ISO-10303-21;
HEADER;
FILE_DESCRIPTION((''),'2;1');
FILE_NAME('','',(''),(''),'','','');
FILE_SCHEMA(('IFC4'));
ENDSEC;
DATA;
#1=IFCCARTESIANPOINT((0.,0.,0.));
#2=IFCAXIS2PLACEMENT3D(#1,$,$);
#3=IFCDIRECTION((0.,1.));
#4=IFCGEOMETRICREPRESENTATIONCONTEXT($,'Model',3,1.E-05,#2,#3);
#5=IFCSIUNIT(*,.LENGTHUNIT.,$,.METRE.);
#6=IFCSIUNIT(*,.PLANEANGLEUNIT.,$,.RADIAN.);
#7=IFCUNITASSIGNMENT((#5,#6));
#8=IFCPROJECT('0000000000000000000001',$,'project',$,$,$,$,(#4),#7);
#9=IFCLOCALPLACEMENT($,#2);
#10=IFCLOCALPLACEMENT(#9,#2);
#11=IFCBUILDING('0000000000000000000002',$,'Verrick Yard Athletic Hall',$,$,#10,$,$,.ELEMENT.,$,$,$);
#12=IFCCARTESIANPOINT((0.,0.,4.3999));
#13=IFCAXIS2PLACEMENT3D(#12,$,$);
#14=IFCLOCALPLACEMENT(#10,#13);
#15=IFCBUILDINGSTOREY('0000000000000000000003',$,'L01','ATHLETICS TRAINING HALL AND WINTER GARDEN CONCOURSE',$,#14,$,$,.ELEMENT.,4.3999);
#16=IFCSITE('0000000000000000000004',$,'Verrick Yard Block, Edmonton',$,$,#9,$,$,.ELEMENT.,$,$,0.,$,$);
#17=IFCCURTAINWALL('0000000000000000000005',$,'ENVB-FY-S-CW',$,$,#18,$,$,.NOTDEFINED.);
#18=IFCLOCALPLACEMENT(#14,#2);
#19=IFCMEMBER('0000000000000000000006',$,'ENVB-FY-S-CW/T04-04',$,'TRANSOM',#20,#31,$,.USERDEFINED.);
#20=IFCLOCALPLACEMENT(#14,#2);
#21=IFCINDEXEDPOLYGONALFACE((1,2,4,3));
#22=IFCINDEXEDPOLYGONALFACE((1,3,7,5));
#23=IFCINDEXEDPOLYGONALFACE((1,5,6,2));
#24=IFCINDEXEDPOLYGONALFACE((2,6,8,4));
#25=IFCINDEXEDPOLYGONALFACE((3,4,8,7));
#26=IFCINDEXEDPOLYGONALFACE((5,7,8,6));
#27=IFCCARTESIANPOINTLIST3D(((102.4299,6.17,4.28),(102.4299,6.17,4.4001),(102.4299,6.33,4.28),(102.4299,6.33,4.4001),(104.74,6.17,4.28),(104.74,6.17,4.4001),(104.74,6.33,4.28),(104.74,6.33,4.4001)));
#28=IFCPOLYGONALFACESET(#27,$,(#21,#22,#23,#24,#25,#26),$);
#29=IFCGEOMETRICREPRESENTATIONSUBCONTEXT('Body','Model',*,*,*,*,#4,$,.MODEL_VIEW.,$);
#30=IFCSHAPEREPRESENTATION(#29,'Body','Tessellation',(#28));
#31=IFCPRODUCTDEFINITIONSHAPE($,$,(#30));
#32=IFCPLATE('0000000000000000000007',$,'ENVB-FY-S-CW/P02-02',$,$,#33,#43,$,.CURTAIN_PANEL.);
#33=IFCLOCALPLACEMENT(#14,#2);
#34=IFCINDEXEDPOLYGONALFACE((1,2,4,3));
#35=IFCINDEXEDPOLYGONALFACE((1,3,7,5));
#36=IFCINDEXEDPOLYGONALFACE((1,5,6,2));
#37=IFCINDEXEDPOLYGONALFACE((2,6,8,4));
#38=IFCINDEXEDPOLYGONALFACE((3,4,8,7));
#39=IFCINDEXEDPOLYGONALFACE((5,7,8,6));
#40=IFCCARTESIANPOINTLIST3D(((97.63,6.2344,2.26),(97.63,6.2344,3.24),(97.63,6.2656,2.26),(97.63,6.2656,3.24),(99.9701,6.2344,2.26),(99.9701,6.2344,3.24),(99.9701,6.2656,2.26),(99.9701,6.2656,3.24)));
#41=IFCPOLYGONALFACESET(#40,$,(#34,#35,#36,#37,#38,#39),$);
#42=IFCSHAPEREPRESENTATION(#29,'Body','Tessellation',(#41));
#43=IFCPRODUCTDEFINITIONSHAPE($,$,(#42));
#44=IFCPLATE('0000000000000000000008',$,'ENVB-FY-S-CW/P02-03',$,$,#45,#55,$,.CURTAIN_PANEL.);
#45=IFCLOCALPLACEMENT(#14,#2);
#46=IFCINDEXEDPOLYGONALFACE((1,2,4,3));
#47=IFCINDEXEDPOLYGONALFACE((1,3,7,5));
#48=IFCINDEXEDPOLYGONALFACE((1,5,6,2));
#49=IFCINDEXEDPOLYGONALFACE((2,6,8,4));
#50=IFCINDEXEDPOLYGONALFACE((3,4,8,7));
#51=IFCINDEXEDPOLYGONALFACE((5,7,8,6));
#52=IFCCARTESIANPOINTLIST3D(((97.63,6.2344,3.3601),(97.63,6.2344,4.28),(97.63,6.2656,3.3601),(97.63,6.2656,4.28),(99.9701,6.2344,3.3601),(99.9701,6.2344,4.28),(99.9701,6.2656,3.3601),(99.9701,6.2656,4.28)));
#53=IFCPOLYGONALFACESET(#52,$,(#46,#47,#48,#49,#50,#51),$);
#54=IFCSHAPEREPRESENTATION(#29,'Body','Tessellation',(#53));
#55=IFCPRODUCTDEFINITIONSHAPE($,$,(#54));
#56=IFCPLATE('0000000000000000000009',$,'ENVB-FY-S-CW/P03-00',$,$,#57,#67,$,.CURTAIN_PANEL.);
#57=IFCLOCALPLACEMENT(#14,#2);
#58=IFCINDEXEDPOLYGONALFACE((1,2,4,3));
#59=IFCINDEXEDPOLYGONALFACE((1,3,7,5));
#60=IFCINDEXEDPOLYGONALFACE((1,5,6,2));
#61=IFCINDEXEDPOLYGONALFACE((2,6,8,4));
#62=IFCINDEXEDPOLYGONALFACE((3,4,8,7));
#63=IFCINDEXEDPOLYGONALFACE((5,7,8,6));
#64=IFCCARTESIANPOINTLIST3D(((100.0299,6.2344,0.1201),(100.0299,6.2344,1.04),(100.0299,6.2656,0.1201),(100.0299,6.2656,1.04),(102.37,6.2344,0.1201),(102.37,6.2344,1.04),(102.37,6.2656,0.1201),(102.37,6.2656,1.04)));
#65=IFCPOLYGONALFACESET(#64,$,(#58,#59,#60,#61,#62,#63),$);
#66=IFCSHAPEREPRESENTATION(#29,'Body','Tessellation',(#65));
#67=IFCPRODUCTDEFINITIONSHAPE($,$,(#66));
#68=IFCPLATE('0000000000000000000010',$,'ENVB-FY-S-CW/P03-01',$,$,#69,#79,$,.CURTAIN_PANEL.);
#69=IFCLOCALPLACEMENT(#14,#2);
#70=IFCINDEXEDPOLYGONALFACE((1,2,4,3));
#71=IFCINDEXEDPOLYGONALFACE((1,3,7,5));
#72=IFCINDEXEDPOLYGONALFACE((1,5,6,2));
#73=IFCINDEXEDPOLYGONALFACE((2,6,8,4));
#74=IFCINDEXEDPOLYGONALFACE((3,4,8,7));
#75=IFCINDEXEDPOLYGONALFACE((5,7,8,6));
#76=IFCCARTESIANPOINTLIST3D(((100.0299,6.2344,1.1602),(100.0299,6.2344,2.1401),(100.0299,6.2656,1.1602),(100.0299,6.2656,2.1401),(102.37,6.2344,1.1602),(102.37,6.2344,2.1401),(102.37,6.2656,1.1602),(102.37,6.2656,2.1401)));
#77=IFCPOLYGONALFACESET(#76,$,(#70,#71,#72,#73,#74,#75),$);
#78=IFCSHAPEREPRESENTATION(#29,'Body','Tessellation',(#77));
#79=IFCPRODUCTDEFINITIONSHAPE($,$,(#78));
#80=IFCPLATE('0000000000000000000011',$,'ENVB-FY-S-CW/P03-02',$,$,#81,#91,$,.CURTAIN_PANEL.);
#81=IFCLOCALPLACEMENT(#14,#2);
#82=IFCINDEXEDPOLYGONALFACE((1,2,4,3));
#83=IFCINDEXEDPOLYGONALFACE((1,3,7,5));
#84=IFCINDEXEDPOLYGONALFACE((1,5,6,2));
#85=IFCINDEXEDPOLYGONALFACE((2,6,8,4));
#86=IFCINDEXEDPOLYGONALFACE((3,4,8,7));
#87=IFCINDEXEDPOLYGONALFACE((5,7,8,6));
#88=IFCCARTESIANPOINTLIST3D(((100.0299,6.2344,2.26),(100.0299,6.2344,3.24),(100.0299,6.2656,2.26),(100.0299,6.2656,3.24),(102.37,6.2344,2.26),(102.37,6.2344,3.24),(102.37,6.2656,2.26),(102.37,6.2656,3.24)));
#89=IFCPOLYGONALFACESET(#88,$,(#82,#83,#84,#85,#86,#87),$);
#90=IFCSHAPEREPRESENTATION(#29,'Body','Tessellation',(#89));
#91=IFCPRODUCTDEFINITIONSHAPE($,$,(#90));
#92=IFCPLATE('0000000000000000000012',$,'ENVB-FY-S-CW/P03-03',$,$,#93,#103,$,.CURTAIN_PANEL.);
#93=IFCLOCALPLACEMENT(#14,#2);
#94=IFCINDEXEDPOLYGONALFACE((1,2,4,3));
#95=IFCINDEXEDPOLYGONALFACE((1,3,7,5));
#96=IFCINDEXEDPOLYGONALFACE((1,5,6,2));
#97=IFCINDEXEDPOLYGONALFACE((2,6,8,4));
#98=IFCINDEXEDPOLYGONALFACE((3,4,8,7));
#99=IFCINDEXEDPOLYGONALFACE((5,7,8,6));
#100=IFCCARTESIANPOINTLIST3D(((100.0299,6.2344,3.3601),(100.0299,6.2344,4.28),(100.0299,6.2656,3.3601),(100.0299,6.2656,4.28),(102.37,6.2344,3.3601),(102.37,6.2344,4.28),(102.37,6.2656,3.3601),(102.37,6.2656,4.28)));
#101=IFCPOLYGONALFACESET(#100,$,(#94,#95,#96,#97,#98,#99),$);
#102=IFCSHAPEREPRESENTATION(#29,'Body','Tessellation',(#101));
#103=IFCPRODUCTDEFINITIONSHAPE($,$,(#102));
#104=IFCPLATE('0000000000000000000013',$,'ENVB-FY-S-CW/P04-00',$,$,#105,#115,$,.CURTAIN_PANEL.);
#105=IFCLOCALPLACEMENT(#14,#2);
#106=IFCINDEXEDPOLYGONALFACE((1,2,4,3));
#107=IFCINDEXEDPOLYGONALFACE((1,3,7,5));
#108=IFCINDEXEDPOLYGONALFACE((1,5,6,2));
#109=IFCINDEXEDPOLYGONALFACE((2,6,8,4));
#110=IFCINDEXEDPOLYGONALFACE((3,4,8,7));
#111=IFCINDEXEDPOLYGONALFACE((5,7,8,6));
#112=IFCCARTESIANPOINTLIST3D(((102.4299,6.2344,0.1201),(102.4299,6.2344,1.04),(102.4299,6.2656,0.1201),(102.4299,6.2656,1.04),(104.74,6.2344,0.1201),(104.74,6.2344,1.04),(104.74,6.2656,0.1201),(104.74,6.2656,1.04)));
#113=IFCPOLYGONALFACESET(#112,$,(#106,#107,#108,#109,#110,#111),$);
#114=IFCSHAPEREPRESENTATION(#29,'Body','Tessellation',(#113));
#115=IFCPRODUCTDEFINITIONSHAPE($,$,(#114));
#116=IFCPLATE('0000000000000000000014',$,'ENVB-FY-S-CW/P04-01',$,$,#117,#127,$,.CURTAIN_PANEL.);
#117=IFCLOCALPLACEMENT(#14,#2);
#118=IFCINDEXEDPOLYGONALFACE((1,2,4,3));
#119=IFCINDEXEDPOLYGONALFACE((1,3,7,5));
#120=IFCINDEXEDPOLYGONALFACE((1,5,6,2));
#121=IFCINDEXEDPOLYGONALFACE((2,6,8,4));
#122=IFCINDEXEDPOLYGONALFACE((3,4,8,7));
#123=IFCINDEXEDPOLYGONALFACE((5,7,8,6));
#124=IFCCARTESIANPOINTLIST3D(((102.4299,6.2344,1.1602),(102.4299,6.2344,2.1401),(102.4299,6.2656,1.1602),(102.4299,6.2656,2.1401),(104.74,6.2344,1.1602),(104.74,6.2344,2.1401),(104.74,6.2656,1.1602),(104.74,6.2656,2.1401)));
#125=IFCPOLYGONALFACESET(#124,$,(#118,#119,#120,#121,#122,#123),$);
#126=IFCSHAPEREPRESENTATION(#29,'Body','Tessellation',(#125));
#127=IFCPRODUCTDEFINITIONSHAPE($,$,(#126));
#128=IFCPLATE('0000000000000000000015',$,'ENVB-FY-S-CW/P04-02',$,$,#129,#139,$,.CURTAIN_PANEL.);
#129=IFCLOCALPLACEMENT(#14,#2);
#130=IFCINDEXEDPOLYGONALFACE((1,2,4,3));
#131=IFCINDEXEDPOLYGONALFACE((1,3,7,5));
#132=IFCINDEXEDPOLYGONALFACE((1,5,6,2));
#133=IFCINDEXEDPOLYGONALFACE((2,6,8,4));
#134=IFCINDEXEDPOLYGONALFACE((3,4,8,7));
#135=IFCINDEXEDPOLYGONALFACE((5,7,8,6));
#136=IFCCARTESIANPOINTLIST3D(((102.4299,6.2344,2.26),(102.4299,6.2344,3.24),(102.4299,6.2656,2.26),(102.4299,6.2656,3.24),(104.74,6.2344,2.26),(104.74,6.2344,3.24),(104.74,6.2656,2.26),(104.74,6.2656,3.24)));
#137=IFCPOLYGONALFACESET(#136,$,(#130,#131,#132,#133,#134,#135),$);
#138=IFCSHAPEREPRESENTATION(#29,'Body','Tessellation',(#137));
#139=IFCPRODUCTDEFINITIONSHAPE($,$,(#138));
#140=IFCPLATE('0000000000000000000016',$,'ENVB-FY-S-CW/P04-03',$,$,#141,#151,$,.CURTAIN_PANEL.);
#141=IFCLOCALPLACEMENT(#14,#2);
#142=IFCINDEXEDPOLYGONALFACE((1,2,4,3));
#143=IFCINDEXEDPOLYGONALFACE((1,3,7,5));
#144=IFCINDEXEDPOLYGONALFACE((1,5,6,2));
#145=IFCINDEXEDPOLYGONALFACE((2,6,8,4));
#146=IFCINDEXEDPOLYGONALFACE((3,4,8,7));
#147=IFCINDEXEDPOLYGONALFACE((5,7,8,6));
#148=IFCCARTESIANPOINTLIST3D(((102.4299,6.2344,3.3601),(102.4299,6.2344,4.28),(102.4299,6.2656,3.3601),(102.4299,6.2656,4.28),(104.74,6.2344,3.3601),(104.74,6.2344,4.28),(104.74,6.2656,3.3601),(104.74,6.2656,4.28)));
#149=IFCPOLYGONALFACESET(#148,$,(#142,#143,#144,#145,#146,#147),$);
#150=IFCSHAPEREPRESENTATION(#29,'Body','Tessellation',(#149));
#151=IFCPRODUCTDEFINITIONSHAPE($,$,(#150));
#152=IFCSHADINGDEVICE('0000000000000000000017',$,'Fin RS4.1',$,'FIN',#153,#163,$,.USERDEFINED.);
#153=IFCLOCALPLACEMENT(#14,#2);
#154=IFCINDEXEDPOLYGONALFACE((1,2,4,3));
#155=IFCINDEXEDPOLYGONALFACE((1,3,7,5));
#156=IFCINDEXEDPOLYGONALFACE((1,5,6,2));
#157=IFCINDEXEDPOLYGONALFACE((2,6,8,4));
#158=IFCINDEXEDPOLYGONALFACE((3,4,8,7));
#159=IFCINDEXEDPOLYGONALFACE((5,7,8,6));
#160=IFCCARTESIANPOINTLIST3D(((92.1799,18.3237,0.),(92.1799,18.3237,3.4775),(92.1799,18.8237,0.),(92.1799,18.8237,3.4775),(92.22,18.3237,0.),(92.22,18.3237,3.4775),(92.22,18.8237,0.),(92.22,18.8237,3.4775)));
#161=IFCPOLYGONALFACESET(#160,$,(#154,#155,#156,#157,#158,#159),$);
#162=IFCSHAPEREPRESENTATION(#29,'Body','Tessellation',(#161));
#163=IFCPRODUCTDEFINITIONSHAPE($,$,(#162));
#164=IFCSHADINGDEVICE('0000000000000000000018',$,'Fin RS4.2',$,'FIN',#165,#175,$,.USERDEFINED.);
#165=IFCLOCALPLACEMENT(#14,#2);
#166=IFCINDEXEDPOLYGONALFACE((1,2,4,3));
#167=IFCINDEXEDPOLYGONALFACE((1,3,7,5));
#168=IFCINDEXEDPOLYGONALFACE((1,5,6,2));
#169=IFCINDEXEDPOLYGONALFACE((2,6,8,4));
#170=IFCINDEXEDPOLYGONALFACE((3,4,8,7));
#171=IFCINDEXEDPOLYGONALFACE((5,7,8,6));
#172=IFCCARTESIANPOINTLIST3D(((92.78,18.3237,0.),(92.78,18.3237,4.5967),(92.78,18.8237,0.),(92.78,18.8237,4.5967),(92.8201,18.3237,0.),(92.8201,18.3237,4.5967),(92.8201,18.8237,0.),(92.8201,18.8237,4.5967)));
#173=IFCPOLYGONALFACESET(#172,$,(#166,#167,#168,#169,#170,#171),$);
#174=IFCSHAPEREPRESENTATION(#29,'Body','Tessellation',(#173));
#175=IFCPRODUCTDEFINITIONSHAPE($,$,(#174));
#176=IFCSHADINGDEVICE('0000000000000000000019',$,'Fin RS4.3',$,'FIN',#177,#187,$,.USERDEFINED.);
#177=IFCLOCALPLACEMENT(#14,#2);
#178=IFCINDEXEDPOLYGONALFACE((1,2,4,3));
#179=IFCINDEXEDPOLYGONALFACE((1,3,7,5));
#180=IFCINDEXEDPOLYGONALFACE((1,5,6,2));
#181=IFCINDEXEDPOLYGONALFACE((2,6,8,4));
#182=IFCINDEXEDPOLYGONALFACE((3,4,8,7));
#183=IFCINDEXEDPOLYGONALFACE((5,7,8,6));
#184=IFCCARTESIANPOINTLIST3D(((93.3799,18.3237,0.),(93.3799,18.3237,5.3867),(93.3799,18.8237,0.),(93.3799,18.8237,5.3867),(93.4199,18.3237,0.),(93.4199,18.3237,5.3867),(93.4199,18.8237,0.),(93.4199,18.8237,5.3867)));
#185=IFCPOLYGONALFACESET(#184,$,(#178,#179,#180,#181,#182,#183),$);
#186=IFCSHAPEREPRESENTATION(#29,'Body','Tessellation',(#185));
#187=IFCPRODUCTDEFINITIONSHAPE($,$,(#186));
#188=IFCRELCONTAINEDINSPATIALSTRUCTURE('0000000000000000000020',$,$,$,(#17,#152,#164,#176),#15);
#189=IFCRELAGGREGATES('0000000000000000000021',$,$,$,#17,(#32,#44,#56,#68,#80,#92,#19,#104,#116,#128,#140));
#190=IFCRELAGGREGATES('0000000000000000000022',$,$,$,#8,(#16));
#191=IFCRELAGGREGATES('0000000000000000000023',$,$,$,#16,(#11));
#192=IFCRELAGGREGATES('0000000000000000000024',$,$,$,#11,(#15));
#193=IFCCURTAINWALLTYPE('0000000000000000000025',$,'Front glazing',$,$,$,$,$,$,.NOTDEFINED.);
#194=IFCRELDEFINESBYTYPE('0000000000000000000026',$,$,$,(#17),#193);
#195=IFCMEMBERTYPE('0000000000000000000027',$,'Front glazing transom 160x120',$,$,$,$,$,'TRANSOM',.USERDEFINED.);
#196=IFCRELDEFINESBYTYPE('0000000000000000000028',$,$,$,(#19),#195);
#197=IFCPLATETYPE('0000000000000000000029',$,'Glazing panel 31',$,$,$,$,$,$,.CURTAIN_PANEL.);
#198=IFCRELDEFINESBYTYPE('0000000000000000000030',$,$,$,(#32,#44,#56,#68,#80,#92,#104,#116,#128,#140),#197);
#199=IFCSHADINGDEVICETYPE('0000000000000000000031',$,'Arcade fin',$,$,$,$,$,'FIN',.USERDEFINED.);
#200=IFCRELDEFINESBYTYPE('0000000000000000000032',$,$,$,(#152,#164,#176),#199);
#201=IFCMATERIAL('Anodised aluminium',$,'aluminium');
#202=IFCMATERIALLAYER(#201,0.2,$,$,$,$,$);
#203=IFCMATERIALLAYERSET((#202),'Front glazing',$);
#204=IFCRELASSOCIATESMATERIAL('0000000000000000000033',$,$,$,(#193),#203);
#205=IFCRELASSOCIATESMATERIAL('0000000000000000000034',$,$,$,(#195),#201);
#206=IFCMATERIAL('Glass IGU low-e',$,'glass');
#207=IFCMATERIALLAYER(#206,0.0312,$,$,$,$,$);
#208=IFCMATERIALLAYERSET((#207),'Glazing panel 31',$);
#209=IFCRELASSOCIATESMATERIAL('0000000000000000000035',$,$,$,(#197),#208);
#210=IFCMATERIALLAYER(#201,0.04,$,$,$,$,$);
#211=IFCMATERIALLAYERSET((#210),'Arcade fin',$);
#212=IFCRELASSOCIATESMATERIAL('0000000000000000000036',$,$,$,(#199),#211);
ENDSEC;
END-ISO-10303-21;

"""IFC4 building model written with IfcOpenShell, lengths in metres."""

from ifc_helpers import new_model, si_unit, direction, frame, origin, origin_2d, place, context, subcontext, project, spatial, polyline, rectangle, outline, extrude, material, layer, layer_set, material_profile, profile_set, type_object, element, aggregate, save


model = new_model("IFC4")

# Units and contexts
model_context = context("Model", 3, precision=1e-05, world=origin(), true_north=direction((0.0, 1.0)))
body_context = subcontext(model_context, "Body", "Model", "MODEL_VIEW")
ifc_project = project(units=[si_unit("LENGTHUNIT", "METRE"), si_unit("PLANEANGLEUNIT", "RADIAN")], contexts=[model_context])

# Site, building, storey
site_placement = place(None, origin())
site = spatial("IfcSite", under=ifc_project, at=site_placement, Name="Verrick Yard Block, Edmonton", CompositionType="ELEMENT", RefElevation=0.0)
building_placement = place(site_placement, origin())
building = spatial("IfcBuilding", under=site, at=building_placement, Name="Verrick Yard Athletic Hall", CompositionType="ELEMENT")
storey_placement = place(building_placement, frame((0.0, 0.0, 4.3999)))
storey = spatial("IfcBuildingStorey", under=building, at=storey_placement, Name="L01", Description="ATHLETICS TRAINING HALL AND WINTER GARDEN CONCOURSE", CompositionType="ELEMENT", Elevation=4.3999)

# Curtain wall, member, plates
ifc_material_1 = material(Name="Anodised aluminium", Category="aluminium")
ifc_layer_1 = layer(ifc_material_1, 0.2)
ifc_layer_set_1 = layer_set([ifc_layer_1], Name="Front glazing")
curtain_wall_type = type_object("IfcCurtainWallType", Name="Front glazing", PredefinedType="NOTDEFINED", material=ifc_layer_set_1)
curtain_wall_placement = place(storey_placement, origin())
curtain_wall = element("IfcCurtainWall", 1, at=curtain_wall_placement, inside=storey, type_object=curtain_wall_type, Name="ENVB-FY-S-CW", PredefinedType="NOTDEFINED")
ifc_material_profile_1 = material_profile(ifc_material_1, rectangle(XDim=0.1599, YDim=0.1201, at=origin_2d()), Name="CW transom 160x120")
ifc_profile_set_1 = profile_set([ifc_material_profile_1], Name="Anodised aluminium")
member_type_1 = type_object("IfcMemberType", Name="Front glazing transom 160x120", ElementType="TRANSOM", PredefinedType="USERDEFINED", material=ifc_profile_set_1)
member_1_placement = place(storey_placement, frame((102.4299, 6.25, 4.3401), z_axis=(1.0, 0.0, 0.0), x_axis=(0.0, 1.0, 0.0)))
member_1 = element("IfcMember", 2, at=member_1_placement, type_object=member_type_1, Name="ENVB-FY-S-CW/T04-04", ObjectType="TRANSOM", PredefinedType="USERDEFINED", context=body_context, shape_type="SweptSolid", body=[
    extrude(rectangle(XDim=0.1599, YDim=0.1201, at=origin_2d()), origin(), (0.0, 0.0, 1.0), 2.3101),
])
ifc_material_2 = material(Name="Glass IGU low-e", Category="glass")
ifc_layer_2 = layer(ifc_material_2, 0.0312)
ifc_layer_set_2 = layer_set([ifc_layer_2], Name="Glazing panel 31")
plate_type = type_object("IfcPlateType", Name="Glazing panel 31", PredefinedType="CURTAIN_PANEL", material=ifc_layer_set_2)
plate_1_placement = place(storey_placement, frame((98.8, 6.25, 2.26), z_axis=(0.0, 0.0, 1.0), x_axis=(1.0, 0.0, 0.0)))
plate_1 = element("IfcPlate", 3, at=plate_1_placement, type_object=plate_type, Name="ENVB-FY-S-CW/P02-02", PredefinedType="CURTAIN_PANEL", context=body_context, shape_type="SweptSolid", body=[
    extrude(rectangle(XDim=2.3401, YDim=0.0312, at=origin_2d()), origin(), (0.0, 0.0, 1.0), 0.98),
])
plate_2_placement = place(storey_placement, frame((98.8, 6.25, 3.3601), z_axis=(0.0, 0.0, 1.0), x_axis=(1.0, 0.0, 0.0)))
plate_2 = element("IfcPlate", 4, at=plate_2_placement, type_object=plate_type, Name="ENVB-FY-S-CW/P02-03", PredefinedType="CURTAIN_PANEL", context=body_context, shape_type="SweptSolid", body=[
    extrude(rectangle(XDim=2.3401, YDim=0.0312, at=origin_2d()), origin(), (0.0, 0.0, 1.0), 0.9199),
])
plate_3_placement = place(storey_placement, frame((101.2, 6.25, 0.1201), z_axis=(0.0, 0.0, 1.0), x_axis=(1.0, 0.0, 0.0)))
plate_3 = element("IfcPlate", 5, at=plate_3_placement, type_object=plate_type, Name="ENVB-FY-S-CW/P03-00", PredefinedType="CURTAIN_PANEL", context=body_context, shape_type="SweptSolid", body=[
    extrude(rectangle(XDim=2.3401, YDim=0.0312, at=origin_2d()), origin(), (0.0, 0.0, 1.0), 0.9199),
])
plate_4_placement = place(storey_placement, frame((101.2, 6.25, 1.1602), z_axis=(0.0, 0.0, 1.0), x_axis=(1.0, 0.0, 0.0)))
plate_4 = element("IfcPlate", 6, at=plate_4_placement, type_object=plate_type, Name="ENVB-FY-S-CW/P03-01", PredefinedType="CURTAIN_PANEL", context=body_context, shape_type="SweptSolid", body=[
    extrude(rectangle(XDim=2.3401, YDim=0.0312, at=origin_2d()), origin(), (0.0, 0.0, 1.0), 0.98),
])
plate_5_placement = place(storey_placement, frame((101.2, 6.25, 2.26), z_axis=(0.0, 0.0, 1.0), x_axis=(1.0, 0.0, 0.0)))
plate_5 = element("IfcPlate", 7, at=plate_5_placement, type_object=plate_type, Name="ENVB-FY-S-CW/P03-02", PredefinedType="CURTAIN_PANEL", context=body_context, shape_type="SweptSolid", body=[
    extrude(rectangle(XDim=2.3401, YDim=0.0312, at=origin_2d()), origin(), (0.0, 0.0, 1.0), 0.98),
])
plate_6_placement = place(storey_placement, frame((101.2, 6.25, 3.3601), z_axis=(0.0, 0.0, 1.0), x_axis=(1.0, 0.0, 0.0)))
plate_6 = element("IfcPlate", 8, at=plate_6_placement, type_object=plate_type, Name="ENVB-FY-S-CW/P03-03", PredefinedType="CURTAIN_PANEL", context=body_context, shape_type="SweptSolid", body=[
    extrude(rectangle(XDim=2.3401, YDim=0.0312, at=origin_2d()), origin(), (0.0, 0.0, 1.0), 0.9199),
])
plate_7_placement = place(storey_placement, frame((103.585, 6.25, 0.1201), z_axis=(0.0, 0.0, 1.0), x_axis=(1.0, 0.0, 0.0)))
plate_7 = element("IfcPlate", 9, at=plate_7_placement, type_object=plate_type, Name="ENVB-FY-S-CW/P04-00", PredefinedType="CURTAIN_PANEL", context=body_context, shape_type="SweptSolid", body=[
    extrude(rectangle(XDim=2.3101, YDim=0.0312, at=origin_2d()), origin(), (0.0, 0.0, 1.0), 0.9199),
])
plate_8_placement = place(storey_placement, frame((103.585, 6.25, 1.1602), z_axis=(0.0, 0.0, 1.0), x_axis=(1.0, 0.0, 0.0)))
plate_8 = element("IfcPlate", 10, at=plate_8_placement, type_object=plate_type, Name="ENVB-FY-S-CW/P04-01", PredefinedType="CURTAIN_PANEL", context=body_context, shape_type="SweptSolid", body=[
    extrude(rectangle(XDim=2.3101, YDim=0.0312, at=origin_2d()), origin(), (0.0, 0.0, 1.0), 0.98),
])
plate_9_placement = place(storey_placement, frame((103.585, 6.25, 2.26), z_axis=(0.0, 0.0, 1.0), x_axis=(1.0, 0.0, 0.0)))
plate_9 = element("IfcPlate", 11, at=plate_9_placement, type_object=plate_type, Name="ENVB-FY-S-CW/P04-02", PredefinedType="CURTAIN_PANEL", context=body_context, shape_type="SweptSolid", body=[
    extrude(rectangle(XDim=2.3101, YDim=0.0312, at=origin_2d()), origin(), (0.0, 0.0, 1.0), 0.98),
])
plate_10_placement = place(storey_placement, frame((103.585, 6.25, 3.3601), z_axis=(0.0, 0.0, 1.0), x_axis=(1.0, 0.0, 0.0)))
plate_10 = element("IfcPlate", 12, at=plate_10_placement, type_object=plate_type, Name="ENVB-FY-S-CW/P04-03", PredefinedType="CURTAIN_PANEL", context=body_context, shape_type="SweptSolid", body=[
    extrude(rectangle(XDim=2.3101, YDim=0.0312, at=origin_2d()), origin(), (0.0, 0.0, 1.0), 0.9199),
])
aggregate(curtain_wall, [plate_1, plate_2, plate_3, plate_4, plate_5, plate_6, member_1, plate_7, plate_8, plate_9, plate_10])

# Shading devices
ifc_layer_3 = layer(ifc_material_1, 0.04)
ifc_layer_set_3 = layer_set([ifc_layer_3], Name="Arcade fin")
shading_device_type = type_object("IfcShadingDeviceType", Name="Arcade fin", ElementType="FIN", PredefinedType="USERDEFINED", material=ifc_layer_set_3)
shading_device_1_placement = place(storey_placement, frame((92.2, 18.8237, 0.0), z_axis=(0.0, 0.0, 1.0), x_axis=(0.0, -1.0, 0.0)))
element("IfcShadingDevice", 13, at=shading_device_1_placement, inside=storey, type_object=shading_device_type, Name="Fin RS4.1", ObjectType="FIN", PredefinedType="USERDEFINED", context=body_context, shape_type="SweptSolid", body=[
    extrude(outline(polyline([(0.0, 0.0), (0.5, 0.0), (0.5, 3.4775), (0.0, 3.4775), (0.0, 0.0)])), frame((0.0, 0.02, 0.0), z_axis=(0.0, -1.0, 0.0), x_axis=(1.0, 0.0, 0.0)), (0.0, 0.0, 1.0), 0.04),
])
shading_device_2_placement = place(storey_placement, frame((92.8, 18.8237, 0.0), z_axis=(0.0, 0.0, 1.0), x_axis=(0.0, -1.0, 0.0)))
element("IfcShadingDevice", 14, at=shading_device_2_placement, inside=storey, type_object=shading_device_type, Name="Fin RS4.2", ObjectType="FIN", PredefinedType="USERDEFINED", context=body_context, shape_type="SweptSolid", body=[
    extrude(outline(polyline([(0.0, 0.0), (0.5, 0.0), (0.5, 4.5967), (0.0, 4.5967), (0.0, 0.0)])), frame((0.0, 0.02, 0.0), z_axis=(0.0, -1.0, 0.0), x_axis=(1.0, 0.0, 0.0)), (0.0, 0.0, 1.0), 0.04),
])
shading_device_3_placement = place(storey_placement, frame((93.3999, 18.8237, 0.0), z_axis=(0.0, 0.0, 1.0), x_axis=(0.0, -1.0, 0.0)))
element("IfcShadingDevice", 15, at=shading_device_3_placement, inside=storey, type_object=shading_device_type, Name="Fin RS4.3", ObjectType="FIN", PredefinedType="USERDEFINED", context=body_context, shape_type="SweptSolid", body=[
    extrude(outline(polyline([(0.0, 0.0), (0.5, 0.0), (0.5, 5.3867), (0.0, 5.3867), (0.0, 0.0)])), frame((0.0, 0.02, 0.0), z_axis=(0.0, -1.0, 0.0), x_axis=(1.0, 0.0, 0.0)), (0.0, 0.0, 1.0), 0.04),
])

save(model, "model.ifc")
